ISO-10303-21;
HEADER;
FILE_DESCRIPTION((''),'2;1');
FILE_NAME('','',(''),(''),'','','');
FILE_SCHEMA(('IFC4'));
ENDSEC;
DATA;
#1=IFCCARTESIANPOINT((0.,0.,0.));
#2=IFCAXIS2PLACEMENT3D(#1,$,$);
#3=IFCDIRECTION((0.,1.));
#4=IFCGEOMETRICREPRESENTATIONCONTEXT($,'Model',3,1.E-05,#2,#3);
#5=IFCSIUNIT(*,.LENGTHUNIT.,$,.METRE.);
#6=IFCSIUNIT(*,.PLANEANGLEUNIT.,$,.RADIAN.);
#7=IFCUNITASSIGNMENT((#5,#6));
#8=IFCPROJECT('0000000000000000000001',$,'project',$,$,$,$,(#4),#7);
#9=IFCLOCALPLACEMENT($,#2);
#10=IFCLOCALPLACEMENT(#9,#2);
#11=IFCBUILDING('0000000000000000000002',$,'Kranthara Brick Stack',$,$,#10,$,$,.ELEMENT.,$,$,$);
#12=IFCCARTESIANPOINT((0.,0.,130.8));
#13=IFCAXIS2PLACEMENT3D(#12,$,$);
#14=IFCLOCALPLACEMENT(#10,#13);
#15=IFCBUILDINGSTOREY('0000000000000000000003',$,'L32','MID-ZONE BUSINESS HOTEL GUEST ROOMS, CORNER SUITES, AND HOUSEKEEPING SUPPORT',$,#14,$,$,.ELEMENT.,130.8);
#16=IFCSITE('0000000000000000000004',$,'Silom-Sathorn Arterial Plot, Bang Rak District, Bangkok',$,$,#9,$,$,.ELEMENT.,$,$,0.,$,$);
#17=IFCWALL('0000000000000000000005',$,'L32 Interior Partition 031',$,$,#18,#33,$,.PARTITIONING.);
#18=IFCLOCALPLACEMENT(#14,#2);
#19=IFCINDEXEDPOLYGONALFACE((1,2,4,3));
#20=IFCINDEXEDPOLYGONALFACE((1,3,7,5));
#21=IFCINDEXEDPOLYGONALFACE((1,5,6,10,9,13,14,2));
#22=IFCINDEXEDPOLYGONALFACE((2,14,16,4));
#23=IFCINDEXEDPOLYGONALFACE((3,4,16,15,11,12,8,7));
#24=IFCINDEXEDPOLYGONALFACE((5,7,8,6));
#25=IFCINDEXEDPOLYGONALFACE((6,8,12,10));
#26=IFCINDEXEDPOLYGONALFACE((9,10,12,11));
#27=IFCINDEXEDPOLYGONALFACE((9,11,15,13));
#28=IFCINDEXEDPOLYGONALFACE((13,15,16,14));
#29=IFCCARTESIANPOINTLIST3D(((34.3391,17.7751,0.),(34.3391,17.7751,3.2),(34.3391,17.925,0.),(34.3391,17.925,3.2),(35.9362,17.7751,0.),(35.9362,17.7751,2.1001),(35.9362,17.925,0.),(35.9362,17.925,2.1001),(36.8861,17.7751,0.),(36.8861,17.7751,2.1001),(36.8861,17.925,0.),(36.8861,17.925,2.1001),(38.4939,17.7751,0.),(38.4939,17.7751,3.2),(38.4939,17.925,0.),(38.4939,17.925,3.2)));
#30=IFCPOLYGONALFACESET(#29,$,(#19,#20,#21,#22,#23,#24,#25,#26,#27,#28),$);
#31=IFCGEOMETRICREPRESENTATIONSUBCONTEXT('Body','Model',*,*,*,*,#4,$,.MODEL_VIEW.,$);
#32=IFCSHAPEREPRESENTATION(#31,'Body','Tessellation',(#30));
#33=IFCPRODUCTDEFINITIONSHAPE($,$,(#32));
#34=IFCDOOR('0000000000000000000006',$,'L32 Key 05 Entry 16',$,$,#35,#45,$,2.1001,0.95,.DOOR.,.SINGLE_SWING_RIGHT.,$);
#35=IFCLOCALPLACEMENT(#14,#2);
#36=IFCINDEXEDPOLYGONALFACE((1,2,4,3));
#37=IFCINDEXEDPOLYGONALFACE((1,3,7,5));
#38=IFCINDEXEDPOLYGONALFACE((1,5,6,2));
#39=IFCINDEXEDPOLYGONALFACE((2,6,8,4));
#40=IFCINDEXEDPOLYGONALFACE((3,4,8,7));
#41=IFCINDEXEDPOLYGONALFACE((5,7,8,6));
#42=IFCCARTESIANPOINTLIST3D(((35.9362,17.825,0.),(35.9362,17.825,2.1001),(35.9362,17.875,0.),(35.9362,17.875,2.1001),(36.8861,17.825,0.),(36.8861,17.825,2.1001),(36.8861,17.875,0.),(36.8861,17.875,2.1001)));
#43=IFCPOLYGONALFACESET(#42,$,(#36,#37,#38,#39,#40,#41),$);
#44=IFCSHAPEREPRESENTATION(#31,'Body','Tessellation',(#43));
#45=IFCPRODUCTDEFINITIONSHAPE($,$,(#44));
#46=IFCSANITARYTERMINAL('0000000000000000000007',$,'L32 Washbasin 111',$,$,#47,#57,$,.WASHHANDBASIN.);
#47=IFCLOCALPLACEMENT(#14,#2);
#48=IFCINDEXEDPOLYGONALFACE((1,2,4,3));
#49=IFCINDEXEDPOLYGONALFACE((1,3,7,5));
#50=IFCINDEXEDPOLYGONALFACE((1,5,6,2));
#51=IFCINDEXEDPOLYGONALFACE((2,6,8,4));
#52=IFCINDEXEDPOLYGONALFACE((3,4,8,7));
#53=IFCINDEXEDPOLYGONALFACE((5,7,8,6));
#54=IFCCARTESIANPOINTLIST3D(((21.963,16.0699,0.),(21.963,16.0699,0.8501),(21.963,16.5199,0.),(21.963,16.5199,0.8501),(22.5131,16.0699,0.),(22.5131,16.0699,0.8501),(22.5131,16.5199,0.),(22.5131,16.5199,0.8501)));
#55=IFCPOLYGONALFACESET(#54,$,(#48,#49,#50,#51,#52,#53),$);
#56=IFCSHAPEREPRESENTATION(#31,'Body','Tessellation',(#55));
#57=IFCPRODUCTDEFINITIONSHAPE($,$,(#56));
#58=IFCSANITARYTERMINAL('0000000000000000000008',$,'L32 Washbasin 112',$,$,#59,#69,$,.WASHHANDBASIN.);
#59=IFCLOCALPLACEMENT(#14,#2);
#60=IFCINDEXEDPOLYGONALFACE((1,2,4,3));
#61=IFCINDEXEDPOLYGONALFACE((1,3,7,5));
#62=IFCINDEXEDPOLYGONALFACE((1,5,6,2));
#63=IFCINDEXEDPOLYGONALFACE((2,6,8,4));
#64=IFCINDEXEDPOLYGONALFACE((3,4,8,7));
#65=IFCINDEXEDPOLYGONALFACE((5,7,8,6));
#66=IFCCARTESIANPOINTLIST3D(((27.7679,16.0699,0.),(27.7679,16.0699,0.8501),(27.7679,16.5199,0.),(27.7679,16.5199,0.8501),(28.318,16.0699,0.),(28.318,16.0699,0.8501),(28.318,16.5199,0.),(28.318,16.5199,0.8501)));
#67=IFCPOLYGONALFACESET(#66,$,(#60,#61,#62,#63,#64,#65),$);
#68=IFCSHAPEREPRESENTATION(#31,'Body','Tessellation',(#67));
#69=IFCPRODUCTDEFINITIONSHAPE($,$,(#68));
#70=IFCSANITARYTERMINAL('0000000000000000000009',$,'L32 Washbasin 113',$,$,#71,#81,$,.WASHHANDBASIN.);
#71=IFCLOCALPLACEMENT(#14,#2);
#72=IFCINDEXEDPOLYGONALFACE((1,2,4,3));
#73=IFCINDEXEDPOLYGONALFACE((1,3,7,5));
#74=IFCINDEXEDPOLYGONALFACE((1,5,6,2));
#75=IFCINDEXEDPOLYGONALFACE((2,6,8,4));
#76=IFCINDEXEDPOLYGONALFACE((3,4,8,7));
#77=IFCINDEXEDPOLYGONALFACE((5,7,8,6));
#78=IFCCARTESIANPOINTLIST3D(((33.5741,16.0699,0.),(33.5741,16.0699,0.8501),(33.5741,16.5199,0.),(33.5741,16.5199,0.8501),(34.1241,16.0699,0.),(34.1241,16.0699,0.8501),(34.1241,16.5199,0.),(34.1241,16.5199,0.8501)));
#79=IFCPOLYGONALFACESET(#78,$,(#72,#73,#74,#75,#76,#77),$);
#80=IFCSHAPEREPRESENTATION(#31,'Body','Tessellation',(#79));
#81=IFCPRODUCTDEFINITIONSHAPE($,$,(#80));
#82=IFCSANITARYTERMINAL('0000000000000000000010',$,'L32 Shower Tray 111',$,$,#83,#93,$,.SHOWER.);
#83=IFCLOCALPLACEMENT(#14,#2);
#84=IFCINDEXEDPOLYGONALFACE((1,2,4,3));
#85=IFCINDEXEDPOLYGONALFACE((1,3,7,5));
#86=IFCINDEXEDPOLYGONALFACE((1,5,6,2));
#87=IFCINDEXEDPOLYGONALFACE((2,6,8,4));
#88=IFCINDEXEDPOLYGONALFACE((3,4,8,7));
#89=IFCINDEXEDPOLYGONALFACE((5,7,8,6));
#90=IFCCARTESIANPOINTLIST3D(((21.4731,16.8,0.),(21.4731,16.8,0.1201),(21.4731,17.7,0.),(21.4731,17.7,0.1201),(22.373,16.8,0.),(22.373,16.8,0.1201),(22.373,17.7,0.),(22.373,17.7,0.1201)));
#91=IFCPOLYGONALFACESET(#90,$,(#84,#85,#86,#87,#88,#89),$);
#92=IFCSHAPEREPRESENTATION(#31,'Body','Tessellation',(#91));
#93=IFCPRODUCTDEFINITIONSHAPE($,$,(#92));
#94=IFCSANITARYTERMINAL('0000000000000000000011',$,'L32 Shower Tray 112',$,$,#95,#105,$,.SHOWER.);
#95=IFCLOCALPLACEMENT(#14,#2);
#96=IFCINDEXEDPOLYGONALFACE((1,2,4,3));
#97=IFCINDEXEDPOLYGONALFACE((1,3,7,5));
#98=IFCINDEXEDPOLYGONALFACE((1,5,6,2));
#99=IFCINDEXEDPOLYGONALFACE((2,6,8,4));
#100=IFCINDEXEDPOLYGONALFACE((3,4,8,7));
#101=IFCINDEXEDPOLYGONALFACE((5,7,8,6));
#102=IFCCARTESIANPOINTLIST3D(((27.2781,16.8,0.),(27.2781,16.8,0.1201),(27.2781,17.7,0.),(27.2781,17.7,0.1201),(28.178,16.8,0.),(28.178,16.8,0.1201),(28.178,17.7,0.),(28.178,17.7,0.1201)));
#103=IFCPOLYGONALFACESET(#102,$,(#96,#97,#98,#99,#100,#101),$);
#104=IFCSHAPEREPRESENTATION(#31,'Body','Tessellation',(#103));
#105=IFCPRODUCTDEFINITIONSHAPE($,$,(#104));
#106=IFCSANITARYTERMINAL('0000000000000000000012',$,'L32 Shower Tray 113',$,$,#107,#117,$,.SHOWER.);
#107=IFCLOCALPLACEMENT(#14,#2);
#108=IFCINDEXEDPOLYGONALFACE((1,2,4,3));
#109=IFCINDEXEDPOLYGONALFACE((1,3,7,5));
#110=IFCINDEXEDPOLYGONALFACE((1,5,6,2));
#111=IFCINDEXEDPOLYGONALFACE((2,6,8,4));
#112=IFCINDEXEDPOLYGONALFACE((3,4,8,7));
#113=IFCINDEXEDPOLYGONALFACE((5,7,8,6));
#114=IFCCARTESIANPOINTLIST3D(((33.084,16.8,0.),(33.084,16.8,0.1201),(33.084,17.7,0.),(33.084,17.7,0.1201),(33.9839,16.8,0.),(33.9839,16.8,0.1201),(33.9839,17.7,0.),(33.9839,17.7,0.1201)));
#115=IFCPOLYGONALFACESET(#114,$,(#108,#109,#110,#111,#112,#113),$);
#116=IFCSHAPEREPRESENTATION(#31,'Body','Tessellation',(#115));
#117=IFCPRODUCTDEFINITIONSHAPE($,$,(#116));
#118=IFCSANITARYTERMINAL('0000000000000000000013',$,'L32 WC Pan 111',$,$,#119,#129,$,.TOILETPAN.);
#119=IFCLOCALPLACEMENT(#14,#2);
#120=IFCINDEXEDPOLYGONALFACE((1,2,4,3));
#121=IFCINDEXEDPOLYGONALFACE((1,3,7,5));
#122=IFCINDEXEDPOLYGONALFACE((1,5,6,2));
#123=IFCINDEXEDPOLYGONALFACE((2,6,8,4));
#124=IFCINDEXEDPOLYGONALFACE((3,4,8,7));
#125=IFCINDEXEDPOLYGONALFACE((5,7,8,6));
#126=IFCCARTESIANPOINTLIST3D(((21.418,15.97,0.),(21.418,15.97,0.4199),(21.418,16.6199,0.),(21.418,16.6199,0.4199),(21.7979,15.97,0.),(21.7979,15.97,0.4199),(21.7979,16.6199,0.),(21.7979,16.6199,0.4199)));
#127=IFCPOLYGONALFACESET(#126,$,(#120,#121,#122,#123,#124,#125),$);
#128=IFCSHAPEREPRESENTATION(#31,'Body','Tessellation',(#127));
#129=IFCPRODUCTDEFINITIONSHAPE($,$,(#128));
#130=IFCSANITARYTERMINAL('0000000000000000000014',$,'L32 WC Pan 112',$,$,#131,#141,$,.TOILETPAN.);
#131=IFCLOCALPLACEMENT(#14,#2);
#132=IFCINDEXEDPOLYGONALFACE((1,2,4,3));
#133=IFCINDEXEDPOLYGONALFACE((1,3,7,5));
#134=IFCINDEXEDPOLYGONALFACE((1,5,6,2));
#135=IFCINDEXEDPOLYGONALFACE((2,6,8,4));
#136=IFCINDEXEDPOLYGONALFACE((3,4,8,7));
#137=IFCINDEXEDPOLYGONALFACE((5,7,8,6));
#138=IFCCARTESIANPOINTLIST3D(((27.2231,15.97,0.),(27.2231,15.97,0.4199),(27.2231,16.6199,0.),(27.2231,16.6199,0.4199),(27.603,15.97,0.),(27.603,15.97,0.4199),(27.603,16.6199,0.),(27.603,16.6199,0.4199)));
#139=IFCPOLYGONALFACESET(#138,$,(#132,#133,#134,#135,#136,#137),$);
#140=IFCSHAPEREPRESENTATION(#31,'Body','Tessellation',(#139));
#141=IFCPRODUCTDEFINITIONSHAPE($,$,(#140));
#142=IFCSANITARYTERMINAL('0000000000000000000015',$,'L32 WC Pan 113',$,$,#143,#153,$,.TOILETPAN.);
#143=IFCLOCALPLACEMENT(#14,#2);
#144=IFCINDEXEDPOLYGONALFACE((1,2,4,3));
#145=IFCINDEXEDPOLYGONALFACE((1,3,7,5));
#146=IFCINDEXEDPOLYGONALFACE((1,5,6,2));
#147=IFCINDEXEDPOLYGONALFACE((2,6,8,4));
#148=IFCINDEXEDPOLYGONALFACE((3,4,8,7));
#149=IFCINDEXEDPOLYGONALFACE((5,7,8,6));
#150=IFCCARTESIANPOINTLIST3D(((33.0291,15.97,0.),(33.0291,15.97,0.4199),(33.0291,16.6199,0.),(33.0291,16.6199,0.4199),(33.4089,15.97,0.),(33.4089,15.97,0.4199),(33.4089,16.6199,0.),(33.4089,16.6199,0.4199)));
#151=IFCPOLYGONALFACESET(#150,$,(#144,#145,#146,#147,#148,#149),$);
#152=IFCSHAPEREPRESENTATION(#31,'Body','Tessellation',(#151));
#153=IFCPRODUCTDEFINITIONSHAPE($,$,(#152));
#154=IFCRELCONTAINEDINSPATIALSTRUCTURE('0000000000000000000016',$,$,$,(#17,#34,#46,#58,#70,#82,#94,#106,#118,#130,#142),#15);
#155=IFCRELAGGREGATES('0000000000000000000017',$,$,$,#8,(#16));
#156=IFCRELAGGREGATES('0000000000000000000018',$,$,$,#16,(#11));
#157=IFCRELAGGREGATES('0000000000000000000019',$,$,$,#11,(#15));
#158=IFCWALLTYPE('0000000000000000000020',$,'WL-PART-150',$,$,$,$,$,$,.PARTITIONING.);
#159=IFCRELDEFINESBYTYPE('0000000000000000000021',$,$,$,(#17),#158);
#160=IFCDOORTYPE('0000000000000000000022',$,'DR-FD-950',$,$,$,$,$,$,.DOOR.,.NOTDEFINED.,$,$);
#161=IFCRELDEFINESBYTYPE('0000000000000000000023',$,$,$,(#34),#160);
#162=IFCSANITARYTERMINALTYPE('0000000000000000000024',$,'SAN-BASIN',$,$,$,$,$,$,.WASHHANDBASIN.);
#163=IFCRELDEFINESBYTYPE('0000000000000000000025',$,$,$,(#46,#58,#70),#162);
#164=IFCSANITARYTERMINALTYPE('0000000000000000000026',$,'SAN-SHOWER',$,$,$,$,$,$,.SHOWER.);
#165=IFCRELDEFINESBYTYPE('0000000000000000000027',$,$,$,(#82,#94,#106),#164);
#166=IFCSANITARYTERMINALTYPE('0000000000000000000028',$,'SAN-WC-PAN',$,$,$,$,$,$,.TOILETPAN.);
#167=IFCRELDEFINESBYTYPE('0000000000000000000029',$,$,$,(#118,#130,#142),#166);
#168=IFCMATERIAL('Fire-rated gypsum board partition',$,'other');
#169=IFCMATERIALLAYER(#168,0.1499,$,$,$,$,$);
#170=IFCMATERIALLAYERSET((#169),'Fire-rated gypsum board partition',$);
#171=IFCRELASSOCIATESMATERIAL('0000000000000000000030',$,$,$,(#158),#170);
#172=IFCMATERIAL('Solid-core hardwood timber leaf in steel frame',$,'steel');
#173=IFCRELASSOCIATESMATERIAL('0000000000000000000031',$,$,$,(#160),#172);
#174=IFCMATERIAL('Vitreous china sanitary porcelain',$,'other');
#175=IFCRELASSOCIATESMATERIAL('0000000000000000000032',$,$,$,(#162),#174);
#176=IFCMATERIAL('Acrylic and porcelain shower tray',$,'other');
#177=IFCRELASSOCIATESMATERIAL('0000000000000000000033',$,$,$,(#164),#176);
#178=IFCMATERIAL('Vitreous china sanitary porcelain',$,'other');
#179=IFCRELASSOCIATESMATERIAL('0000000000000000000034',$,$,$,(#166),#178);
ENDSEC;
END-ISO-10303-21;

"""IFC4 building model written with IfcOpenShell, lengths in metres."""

from ifc_helpers import new_model, si_unit, direction, frame, frame_2d, origin, origin_2d, place, context, subcontext, project, spatial, rectangle, extrude, material, layer, layer_set, type_object, element, fill, save


model = new_model("IFC4")

# Units and contexts
model_context = context("Model", 3, precision=1e-05, world=origin(), true_north=direction((0.0, 1.0)))
body_context = subcontext(model_context, "Body", "Model", "MODEL_VIEW")
ifc_project = project(units=[si_unit("LENGTHUNIT", "METRE"), si_unit("PLANEANGLEUNIT", "RADIAN")], contexts=[model_context])

# Site, building, storey
site_placement = place(None, origin())
site = spatial("IfcSite", under=ifc_project, at=site_placement, Name="Silom-Sathorn Arterial Plot, Bang Rak District, Bangkok", CompositionType="ELEMENT", RefElevation=0.0)
building_placement = place(site_placement, origin())
building = spatial("IfcBuilding", under=site, at=building_placement, Name="Kranthara Brick Stack", CompositionType="ELEMENT")
storey_placement = place(building_placement, frame((0.0, 0.0, 130.8)))
storey = spatial("IfcBuildingStorey", under=building, at=storey_placement, Name="L32", Description="MID-ZONE BUSINESS HOTEL GUEST ROOMS, CORNER SUITES, AND HOUSEKEEPING SUPPORT", CompositionType="ELEMENT", Elevation=130.8)

# Shared definitions
ifc_material_1 = material(Name="Fire-rated gypsum board partition", Category="other")
ifc_layer = layer(ifc_material_1, 0.1499)
ifc_layer_set = layer_set([ifc_layer], Name="Fire-rated gypsum board partition")
wall_type = type_object("IfcWallType", Name="WL-PART-150", PredefinedType="PARTITIONING", material=ifc_layer_set)
ifc_material_2 = material(Name="Solid-core hardwood timber leaf in steel frame", Category="steel")
door_type = type_object("IfcDoorType", Name="DR-FD-950", OperationType="NOTDEFINED", PredefinedType="DOOR", material=ifc_material_2)

# Wall, opening, door
wall_1_placement = place(storey_placement, frame((34.3391, 17.8501, 0.0), z_axis=(0.0, 0.0, 1.0), x_axis=(1.0, 0.0, 0.0)))
wall_1 = element("IfcWall", 1, at=wall_1_placement, inside=storey, type_object=wall_type, Name="L32 Interior Partition 031", PredefinedType="PARTITIONING", context=body_context, shape_type="SweptSolid", body=[
    extrude(rectangle(XDim=4.1548, YDim=0.1499, at=frame_2d((2.0774, 0.0))), origin(), (0.0, 0.0, 1.0), 3.2),
])
opening_1_placement = place(wall_1_placement, frame((1.5969, 0.0, 0.0)))
opening_1 = element("IfcOpeningElement", 2, at=opening_1_placement, cuts=wall_1, PredefinedType="OPENING", context=body_context, shape_type="SweptSolid", body=[
    extrude(rectangle(XDim=0.95, YDim=2.1001, at=frame_2d((0.4751, 1.05))), frame((0.0, 0.085, 0.0), z_axis=(0.0, -1.0, 0.0), x_axis=(1.0, 0.0, 0.0)), (0.0, 0.0, 1.0), 0.1699),
])
door_1_placement = place(opening_1_placement, origin())
door_1 = element("IfcDoor", 3, at=door_1_placement, inside=storey, type_object=door_type, Name="L32 Key 05 Entry 16", OperationType="SINGLE_SWING_RIGHT", OverallHeight=2.1001, OverallWidth=0.95, PredefinedType="DOOR", context=body_context, shape_type="SweptSolid", body=[
    extrude(rectangle(XDim=0.95, YDim=2.1001, at=frame_2d((0.4751, 1.05))), frame((0.0, 0.0249, 0.0), z_axis=(0.0, -1.0, 0.0), x_axis=(1.0, 0.0, 0.0)), (0.0, 0.0, 1.0), 0.05),
])
fill(opening_1, door_1)

# Sanitary terminals
ifc_material_3 = material(Name="Vitreous china sanitary porcelain", Category="other")
sanitary_terminal_type_1 = type_object("IfcSanitaryTerminalType", Name="SAN-BASIN", PredefinedType="WASHHANDBASIN", material=ifc_material_3)
for number, where, z_axis, x_axis, name in (
    (4, (22.238, 16.2949, 0.0), (0.0, 0.0, 1.0), (1.0, 0.0, 0.0), "L32 Washbasin 111"),
    (5, (28.043, 16.2949, 0.0), (0.0, 0.0, 1.0), (1.0, 0.0, 0.0), "L32 Washbasin 112"),
    (6, (33.8491, 16.2949, 0.0), (0.0, 0.0, 1.0), (1.0, 0.0, 0.0), "L32 Washbasin 113"),
):
    element("IfcSanitaryTerminal", number, at=place(storey_placement, frame(where, z_axis=z_axis, x_axis=x_axis)), inside=storey, type_object=sanitary_terminal_type_1, Name=name, PredefinedType="WASHHANDBASIN", context=body_context, shape_type="SweptSolid", body=[
        extrude(rectangle(XDim=0.55, YDim=0.45, at=origin_2d()), origin(), (0.0, 0.0, 1.0), 0.8501),
    ])
ifc_material_4 = material(Name="Acrylic and porcelain shower tray", Category="other")
sanitary_terminal_type_2 = type_object("IfcSanitaryTerminalType", Name="SAN-SHOWER", PredefinedType="SHOWER", material=ifc_material_4)
for number, where, z_axis, x_axis, name in (
    (7, (21.9231, 17.25, 0.0), (0.0, 0.0, 1.0), (1.0, 0.0, 0.0), "L32 Shower Tray 111"),
    (8, (27.728, 17.25, 0.0), (0.0, 0.0, 1.0), (1.0, 0.0, 0.0), "L32 Shower Tray 112"),
    (9, (33.5339, 17.25, 0.0), (0.0, 0.0, 1.0), (1.0, 0.0, 0.0), "L32 Shower Tray 113"),
):
    element("IfcSanitaryTerminal", number, at=place(storey_placement, frame(where, z_axis=z_axis, x_axis=x_axis)), inside=storey, type_object=sanitary_terminal_type_2, Name=name, PredefinedType="SHOWER", context=body_context, shape_type="SweptSolid", body=[
        extrude(rectangle(XDim=0.8999, YDim=0.8999, at=origin_2d()), origin(), (0.0, 0.0, 1.0), 0.1201),
    ])
ifc_material_5 = material(Name="Vitreous china sanitary porcelain", Category="other")
sanitary_terminal_type_3 = type_object("IfcSanitaryTerminalType", Name="SAN-WC-PAN", PredefinedType="TOILETPAN", material=ifc_material_5)
for number, where, z_axis, x_axis, name in (
    (10, (21.6079, 16.2949, 0.0), (0.0, 0.0, 1.0), (1.0, 0.0, 0.0), "L32 WC Pan 111"),
    (11, (27.4131, 16.2949, 0.0), (0.0, 0.0, 1.0), (1.0, 0.0, 0.0), "L32 WC Pan 112"),
    (12, (33.219, 16.2949, 0.0), (0.0, 0.0, 1.0), (1.0, 0.0, 0.0), "L32 WC Pan 113"),
):
    element("IfcSanitaryTerminal", number, at=place(storey_placement, frame(where, z_axis=z_axis, x_axis=x_axis)), inside=storey, type_object=sanitary_terminal_type_3, Name=name, PredefinedType="TOILETPAN", context=body_context, shape_type="SweptSolid", body=[
        extrude(rectangle(XDim=0.3799, YDim=0.6499, at=origin_2d()), origin(), (0.0, 0.0, 1.0), 0.4199),
    ])

save(model, "model.ifc")
